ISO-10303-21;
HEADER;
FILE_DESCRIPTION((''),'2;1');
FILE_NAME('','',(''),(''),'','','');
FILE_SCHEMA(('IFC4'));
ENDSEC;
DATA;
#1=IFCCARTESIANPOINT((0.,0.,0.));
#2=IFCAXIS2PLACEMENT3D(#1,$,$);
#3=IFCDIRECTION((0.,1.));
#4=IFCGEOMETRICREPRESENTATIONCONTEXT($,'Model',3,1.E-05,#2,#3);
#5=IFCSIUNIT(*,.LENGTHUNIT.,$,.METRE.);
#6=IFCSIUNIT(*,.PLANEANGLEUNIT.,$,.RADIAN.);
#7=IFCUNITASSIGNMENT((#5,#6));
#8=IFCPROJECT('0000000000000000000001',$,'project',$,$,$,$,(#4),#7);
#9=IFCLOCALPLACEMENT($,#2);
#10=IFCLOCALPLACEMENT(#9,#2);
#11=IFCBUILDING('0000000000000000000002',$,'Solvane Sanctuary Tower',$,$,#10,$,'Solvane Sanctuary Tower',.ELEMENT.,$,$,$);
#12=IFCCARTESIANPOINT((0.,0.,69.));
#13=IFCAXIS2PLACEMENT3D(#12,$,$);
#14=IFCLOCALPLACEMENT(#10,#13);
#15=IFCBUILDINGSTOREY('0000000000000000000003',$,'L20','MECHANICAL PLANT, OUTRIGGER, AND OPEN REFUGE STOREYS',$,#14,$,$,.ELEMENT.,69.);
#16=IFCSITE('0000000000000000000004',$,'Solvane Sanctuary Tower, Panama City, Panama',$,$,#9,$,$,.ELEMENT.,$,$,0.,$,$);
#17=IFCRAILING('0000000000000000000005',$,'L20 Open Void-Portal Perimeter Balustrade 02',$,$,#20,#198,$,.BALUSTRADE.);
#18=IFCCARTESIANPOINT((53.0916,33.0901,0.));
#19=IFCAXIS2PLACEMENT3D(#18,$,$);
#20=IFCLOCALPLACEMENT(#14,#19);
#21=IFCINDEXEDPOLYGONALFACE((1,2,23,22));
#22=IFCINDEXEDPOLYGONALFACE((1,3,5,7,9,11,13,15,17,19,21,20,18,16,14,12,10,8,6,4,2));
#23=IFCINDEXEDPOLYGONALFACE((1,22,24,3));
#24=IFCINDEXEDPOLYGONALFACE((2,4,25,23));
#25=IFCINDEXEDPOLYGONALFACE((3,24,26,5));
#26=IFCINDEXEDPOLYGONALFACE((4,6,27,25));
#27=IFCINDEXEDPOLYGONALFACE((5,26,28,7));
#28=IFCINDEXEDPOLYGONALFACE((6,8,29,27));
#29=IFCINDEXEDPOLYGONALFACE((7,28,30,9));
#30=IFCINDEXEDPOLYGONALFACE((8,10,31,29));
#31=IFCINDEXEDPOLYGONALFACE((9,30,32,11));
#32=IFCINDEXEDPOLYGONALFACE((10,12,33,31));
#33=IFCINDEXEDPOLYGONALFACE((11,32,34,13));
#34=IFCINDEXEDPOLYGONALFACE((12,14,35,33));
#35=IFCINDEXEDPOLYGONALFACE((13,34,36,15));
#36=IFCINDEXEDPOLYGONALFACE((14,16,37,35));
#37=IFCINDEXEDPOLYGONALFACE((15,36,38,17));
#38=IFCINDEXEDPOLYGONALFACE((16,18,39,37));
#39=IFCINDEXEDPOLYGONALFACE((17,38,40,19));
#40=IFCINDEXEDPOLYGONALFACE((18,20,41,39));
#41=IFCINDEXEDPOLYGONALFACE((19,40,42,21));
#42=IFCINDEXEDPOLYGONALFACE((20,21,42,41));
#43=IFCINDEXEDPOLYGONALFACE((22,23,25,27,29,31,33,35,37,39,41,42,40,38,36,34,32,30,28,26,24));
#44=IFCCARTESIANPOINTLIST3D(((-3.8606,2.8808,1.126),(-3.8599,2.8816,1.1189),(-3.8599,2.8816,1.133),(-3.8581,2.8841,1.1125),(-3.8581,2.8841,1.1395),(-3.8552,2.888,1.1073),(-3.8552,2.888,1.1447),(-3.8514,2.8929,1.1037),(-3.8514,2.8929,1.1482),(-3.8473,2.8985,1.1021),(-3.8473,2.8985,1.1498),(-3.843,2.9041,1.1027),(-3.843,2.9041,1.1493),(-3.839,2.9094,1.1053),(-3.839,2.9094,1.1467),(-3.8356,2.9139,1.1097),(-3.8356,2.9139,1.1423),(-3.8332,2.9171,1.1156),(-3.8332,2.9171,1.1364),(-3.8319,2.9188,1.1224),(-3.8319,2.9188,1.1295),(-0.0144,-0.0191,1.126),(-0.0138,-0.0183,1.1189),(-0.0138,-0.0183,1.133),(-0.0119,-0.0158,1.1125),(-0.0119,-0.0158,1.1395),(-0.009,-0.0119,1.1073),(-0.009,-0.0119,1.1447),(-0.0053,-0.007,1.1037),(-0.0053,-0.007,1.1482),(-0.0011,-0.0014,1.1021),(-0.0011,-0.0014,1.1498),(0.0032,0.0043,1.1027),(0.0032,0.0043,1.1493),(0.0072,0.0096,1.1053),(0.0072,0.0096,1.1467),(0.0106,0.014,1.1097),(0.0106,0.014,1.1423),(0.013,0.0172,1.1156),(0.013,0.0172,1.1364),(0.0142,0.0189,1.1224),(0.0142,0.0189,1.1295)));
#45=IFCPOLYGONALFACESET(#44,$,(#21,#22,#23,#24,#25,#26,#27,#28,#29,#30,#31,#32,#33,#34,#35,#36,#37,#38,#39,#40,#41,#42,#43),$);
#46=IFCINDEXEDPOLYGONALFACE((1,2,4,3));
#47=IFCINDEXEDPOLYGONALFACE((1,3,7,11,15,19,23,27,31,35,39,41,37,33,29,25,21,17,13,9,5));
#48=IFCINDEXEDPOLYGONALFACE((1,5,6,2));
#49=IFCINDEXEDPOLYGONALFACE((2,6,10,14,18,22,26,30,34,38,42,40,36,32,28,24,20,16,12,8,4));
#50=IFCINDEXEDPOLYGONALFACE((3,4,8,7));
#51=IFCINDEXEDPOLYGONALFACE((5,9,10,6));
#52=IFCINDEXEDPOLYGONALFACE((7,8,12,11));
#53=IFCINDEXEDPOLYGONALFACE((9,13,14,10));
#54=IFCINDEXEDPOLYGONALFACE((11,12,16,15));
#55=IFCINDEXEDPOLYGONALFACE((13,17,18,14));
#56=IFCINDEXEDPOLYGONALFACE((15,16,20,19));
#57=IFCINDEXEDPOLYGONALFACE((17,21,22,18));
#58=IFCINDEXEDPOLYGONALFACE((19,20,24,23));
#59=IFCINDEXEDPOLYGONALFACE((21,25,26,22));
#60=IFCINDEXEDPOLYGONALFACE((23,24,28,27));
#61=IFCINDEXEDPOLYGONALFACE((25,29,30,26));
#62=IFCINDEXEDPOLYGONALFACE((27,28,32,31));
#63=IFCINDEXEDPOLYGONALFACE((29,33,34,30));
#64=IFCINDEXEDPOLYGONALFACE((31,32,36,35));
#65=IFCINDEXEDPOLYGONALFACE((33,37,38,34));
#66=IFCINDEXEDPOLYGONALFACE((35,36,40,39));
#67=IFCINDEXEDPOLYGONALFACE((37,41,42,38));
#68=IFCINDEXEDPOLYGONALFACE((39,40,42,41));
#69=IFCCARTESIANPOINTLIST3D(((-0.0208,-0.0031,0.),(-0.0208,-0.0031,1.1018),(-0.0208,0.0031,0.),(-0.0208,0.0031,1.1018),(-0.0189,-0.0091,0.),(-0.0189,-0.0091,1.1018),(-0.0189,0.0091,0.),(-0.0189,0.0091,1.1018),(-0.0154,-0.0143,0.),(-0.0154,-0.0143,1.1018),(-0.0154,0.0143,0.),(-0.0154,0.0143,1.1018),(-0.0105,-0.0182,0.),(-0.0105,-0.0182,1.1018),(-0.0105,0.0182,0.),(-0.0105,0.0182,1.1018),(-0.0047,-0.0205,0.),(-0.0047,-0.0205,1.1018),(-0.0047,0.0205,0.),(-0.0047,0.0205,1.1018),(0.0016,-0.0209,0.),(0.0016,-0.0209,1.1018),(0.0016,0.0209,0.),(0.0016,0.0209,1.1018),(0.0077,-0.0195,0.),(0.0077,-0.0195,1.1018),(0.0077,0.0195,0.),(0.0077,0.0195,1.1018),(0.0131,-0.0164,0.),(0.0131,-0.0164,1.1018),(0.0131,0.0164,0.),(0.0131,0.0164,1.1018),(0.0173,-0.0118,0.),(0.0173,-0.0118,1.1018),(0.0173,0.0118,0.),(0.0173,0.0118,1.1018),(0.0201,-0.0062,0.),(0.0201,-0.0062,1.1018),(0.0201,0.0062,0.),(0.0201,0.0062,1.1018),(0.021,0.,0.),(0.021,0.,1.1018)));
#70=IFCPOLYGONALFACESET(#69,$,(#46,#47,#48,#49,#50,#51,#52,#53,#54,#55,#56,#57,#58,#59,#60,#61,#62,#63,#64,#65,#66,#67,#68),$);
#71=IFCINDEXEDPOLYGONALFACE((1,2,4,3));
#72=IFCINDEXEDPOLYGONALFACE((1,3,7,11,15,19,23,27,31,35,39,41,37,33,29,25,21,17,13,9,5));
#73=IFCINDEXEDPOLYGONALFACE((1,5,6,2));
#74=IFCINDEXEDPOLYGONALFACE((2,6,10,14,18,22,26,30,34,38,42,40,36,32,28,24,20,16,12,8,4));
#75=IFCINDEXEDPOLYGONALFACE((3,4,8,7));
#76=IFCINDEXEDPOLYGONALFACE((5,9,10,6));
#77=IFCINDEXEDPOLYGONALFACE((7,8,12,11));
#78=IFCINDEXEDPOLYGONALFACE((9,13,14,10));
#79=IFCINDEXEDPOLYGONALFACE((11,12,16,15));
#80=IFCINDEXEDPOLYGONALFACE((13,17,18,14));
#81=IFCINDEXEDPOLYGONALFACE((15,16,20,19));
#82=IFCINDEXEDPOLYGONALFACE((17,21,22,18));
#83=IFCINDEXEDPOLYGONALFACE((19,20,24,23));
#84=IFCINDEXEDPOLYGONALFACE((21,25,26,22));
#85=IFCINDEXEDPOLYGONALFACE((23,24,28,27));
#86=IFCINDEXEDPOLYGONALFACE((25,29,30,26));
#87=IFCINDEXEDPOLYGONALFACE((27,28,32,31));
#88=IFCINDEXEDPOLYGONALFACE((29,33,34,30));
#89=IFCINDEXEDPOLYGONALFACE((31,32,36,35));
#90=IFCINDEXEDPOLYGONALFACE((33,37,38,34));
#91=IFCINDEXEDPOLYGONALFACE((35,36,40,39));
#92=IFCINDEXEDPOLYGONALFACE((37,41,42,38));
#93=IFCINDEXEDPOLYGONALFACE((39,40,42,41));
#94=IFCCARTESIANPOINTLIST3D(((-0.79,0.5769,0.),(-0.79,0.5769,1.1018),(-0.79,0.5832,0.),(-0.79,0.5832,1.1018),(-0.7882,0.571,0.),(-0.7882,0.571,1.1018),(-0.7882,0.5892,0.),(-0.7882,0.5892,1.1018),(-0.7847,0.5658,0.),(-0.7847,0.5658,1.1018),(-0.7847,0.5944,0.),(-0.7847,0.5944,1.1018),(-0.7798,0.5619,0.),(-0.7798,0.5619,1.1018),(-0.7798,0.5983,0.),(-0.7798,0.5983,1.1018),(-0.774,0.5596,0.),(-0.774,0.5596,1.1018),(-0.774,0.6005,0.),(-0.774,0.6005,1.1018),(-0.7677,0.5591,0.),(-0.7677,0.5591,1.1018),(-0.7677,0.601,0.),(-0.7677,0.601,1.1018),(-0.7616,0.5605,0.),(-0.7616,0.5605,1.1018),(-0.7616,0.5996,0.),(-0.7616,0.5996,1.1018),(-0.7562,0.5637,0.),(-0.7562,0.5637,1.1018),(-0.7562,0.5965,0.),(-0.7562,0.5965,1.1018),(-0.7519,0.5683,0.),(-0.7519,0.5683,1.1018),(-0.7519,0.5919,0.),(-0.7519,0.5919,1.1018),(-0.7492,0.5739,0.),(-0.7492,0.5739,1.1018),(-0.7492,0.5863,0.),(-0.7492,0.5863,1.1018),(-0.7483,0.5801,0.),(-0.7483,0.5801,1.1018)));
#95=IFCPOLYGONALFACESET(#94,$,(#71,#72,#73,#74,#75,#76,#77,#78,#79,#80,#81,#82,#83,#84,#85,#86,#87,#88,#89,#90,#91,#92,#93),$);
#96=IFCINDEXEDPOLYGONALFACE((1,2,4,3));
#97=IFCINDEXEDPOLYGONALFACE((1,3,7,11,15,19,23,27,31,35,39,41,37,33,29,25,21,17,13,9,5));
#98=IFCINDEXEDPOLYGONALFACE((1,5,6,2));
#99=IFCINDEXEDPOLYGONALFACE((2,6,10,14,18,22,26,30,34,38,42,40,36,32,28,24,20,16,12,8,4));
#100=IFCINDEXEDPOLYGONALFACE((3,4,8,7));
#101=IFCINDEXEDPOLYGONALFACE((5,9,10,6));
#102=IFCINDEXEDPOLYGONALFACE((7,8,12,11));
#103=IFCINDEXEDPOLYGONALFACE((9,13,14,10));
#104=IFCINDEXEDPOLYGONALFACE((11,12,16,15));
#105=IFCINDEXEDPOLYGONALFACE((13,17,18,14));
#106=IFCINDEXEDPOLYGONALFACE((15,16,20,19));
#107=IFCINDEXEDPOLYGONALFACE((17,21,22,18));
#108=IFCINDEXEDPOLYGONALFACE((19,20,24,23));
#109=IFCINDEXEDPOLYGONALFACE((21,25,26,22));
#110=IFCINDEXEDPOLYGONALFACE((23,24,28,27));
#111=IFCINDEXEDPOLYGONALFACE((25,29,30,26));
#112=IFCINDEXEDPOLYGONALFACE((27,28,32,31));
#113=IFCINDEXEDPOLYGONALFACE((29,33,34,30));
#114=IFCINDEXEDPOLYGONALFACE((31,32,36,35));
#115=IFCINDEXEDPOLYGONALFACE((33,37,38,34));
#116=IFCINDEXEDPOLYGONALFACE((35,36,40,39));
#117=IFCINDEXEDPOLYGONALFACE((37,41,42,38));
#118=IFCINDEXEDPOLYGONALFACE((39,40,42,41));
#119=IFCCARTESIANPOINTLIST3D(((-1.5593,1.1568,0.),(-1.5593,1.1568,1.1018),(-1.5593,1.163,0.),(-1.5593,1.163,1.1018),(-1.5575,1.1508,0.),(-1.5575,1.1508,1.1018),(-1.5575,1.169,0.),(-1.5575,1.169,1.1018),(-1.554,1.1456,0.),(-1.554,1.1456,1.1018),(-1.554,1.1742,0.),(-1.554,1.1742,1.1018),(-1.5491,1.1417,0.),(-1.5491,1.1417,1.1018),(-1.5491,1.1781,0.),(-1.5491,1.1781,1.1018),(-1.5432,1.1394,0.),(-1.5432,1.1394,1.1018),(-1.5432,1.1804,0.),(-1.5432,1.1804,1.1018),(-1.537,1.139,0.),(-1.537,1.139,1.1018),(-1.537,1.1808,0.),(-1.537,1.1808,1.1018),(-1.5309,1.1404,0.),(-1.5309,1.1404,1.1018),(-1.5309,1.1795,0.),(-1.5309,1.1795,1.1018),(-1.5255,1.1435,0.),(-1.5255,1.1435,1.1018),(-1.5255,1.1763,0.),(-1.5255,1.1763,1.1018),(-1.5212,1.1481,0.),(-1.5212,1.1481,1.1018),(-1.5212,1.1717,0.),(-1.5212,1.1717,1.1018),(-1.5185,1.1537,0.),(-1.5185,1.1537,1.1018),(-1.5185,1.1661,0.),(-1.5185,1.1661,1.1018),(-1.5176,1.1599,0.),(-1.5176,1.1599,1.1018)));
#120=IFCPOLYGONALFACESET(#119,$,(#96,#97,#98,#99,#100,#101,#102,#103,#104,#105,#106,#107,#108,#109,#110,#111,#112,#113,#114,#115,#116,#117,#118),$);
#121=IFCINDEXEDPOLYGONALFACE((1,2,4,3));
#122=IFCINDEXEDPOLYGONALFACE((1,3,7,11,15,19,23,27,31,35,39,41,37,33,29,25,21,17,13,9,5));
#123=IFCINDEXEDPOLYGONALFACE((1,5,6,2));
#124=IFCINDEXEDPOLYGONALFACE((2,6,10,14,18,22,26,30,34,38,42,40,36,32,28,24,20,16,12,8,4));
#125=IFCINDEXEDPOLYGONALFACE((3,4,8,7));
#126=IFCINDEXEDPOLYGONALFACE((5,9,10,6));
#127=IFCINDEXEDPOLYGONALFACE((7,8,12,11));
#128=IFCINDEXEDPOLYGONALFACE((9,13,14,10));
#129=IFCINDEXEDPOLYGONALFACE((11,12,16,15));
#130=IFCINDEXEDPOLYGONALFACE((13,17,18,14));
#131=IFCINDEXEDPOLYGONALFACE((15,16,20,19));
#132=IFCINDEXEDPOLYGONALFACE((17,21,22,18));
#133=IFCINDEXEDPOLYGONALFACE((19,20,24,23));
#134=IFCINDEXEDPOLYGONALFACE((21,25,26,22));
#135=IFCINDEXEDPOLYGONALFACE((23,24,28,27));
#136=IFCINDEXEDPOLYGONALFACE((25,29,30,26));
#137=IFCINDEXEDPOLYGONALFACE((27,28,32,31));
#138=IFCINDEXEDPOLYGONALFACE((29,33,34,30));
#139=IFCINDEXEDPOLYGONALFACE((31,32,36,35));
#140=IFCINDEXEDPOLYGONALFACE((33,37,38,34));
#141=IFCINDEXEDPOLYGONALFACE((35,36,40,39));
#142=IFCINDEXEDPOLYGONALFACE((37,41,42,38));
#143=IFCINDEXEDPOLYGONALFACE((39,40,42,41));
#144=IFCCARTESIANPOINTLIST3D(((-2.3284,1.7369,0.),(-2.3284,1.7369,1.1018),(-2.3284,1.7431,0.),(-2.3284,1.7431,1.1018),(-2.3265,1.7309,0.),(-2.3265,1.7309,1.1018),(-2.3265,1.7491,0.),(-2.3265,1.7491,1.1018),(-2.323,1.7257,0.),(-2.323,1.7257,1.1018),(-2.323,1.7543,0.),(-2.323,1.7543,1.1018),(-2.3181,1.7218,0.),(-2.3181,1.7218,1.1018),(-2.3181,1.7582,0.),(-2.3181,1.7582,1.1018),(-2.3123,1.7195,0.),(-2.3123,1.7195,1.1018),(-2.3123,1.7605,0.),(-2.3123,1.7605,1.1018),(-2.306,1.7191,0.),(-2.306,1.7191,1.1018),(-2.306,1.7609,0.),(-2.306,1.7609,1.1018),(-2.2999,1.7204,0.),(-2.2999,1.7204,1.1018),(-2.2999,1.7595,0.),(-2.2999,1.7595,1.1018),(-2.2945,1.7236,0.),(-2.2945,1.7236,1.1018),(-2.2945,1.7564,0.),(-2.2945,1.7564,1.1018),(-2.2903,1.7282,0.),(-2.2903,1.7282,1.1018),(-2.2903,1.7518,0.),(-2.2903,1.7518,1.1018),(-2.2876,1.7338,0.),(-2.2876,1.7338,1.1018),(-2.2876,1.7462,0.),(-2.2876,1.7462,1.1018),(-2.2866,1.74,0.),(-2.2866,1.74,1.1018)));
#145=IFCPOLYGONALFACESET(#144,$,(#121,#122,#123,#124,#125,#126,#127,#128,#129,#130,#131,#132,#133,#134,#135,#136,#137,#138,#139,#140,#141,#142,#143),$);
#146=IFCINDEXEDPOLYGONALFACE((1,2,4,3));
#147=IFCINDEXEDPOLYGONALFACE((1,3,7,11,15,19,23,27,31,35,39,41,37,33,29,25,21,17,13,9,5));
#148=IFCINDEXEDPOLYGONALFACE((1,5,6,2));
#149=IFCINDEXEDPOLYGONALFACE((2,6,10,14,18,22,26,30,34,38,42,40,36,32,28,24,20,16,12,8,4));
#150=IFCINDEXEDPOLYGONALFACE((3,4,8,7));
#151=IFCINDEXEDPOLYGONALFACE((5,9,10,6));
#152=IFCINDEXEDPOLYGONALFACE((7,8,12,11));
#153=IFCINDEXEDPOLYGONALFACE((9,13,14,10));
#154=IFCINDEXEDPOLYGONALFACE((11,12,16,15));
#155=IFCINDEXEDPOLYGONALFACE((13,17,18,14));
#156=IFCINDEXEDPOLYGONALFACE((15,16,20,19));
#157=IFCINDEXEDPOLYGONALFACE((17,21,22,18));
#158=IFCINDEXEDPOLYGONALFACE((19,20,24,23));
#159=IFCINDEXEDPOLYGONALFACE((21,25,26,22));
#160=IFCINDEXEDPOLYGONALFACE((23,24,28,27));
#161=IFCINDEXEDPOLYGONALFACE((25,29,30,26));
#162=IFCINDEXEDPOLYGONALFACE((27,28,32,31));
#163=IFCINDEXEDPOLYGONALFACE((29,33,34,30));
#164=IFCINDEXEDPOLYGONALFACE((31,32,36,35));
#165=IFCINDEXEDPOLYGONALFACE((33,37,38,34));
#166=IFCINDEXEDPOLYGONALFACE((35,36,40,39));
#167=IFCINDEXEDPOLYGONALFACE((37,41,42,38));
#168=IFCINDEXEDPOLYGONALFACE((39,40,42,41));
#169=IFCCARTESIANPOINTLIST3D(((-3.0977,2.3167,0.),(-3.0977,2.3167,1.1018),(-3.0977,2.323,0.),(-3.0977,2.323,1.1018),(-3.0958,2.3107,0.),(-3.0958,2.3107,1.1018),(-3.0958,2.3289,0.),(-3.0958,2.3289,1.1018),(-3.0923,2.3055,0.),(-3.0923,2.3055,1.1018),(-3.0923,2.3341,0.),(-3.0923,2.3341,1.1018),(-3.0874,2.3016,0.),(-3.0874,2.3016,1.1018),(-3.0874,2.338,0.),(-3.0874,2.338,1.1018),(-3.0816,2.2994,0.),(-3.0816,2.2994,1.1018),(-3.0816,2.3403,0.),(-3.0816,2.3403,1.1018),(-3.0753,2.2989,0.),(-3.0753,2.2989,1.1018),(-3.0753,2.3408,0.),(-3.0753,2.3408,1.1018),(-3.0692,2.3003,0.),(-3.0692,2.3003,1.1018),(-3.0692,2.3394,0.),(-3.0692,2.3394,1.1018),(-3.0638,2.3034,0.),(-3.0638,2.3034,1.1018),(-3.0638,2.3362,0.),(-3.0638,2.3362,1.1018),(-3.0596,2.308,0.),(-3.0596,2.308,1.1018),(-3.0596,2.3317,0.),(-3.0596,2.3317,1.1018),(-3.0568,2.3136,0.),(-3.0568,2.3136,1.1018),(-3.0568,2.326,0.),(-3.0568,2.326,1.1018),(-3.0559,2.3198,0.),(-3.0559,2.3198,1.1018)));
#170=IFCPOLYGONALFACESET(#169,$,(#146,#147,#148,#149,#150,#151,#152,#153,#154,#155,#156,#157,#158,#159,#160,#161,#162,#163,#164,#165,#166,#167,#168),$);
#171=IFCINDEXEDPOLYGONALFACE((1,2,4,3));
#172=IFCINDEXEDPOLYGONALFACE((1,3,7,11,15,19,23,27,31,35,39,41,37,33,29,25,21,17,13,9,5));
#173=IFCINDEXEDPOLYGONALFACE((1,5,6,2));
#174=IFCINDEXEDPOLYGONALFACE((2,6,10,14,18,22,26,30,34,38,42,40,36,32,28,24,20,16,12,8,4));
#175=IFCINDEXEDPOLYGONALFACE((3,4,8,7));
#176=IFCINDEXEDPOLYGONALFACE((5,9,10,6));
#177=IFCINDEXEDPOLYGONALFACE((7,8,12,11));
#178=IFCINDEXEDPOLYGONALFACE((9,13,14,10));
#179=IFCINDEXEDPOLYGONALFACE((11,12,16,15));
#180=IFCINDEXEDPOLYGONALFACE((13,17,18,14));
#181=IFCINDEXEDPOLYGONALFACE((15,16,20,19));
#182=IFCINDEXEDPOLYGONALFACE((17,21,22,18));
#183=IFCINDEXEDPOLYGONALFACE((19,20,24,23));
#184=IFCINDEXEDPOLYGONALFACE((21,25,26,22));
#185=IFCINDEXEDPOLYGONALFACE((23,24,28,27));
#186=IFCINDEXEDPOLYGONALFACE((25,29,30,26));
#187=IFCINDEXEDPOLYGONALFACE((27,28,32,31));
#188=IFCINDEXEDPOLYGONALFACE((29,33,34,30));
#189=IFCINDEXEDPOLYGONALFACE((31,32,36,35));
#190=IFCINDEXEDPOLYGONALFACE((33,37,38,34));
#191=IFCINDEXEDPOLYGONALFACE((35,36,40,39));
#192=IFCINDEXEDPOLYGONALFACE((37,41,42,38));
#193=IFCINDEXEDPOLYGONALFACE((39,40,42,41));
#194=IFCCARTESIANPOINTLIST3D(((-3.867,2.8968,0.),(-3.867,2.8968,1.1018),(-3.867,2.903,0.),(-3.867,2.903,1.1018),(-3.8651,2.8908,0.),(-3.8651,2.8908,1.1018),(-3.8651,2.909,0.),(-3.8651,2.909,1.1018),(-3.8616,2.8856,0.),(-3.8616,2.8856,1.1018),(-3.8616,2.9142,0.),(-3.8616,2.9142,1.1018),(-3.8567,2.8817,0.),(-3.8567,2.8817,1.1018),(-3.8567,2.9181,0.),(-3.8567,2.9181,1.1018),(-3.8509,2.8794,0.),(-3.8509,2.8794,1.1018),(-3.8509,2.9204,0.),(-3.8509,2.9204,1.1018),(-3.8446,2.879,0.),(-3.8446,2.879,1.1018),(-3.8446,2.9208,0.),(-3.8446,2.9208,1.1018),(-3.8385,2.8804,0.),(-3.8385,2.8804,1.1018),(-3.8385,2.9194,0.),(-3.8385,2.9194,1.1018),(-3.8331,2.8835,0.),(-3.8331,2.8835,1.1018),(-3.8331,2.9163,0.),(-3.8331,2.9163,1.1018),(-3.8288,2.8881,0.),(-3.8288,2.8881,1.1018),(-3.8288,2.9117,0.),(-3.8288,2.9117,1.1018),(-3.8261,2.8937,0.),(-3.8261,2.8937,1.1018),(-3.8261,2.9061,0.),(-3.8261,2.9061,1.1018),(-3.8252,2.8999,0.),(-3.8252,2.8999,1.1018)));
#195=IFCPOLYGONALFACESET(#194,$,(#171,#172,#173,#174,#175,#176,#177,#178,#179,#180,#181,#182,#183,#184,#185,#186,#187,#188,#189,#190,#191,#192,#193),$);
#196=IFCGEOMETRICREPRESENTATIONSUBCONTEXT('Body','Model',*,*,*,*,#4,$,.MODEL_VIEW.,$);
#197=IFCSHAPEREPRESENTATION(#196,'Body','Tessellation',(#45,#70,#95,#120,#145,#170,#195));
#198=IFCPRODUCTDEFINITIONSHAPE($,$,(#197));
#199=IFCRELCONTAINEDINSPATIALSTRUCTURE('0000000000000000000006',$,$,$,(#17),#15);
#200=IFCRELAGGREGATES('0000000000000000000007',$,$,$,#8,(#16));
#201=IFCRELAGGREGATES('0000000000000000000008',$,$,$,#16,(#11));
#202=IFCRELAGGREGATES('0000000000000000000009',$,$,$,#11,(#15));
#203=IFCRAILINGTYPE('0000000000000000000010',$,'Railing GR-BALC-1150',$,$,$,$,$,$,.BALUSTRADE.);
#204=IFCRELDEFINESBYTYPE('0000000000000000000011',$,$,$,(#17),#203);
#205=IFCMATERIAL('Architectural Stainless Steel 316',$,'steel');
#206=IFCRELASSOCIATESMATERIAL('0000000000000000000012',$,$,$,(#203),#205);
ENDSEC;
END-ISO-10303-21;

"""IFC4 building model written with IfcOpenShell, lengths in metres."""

from ifc_helpers import new_model, si_unit, direction, frame, origin, origin_2d, place, context, subcontext, project, spatial, circle, extrude, material, type_object, element, save


model = new_model("IFC4")

# Units and contexts
model_context = context("Model", 3, precision=1e-05, world=origin(), true_north=direction((0.0, 1.0)))
body_context = subcontext(model_context, "Body", "Model", "MODEL_VIEW")
ifc_project = project(units=[si_unit("LENGTHUNIT", "METRE"), si_unit("PLANEANGLEUNIT", "RADIAN")], contexts=[model_context])

# Site, building, storey
site_placement = place(None, origin())
site = spatial("IfcSite", under=ifc_project, at=site_placement, Name="Solvane Sanctuary Tower, Panama City, Panama", CompositionType="ELEMENT", RefElevation=0.0)
building_placement = place(site_placement, origin())
building = spatial("IfcBuilding", under=site, at=building_placement, Name="Solvane Sanctuary Tower", LongName="Solvane Sanctuary Tower", CompositionType="ELEMENT")
storey_placement = place(building_placement, frame((0.0, 0.0, 69.0)))
storey = spatial("IfcBuildingStorey", under=building, at=storey_placement, Name="L20", Description="MECHANICAL PLANT, OUTRIGGER, AND OPEN REFUGE STOREYS", CompositionType="ELEMENT", Elevation=69.0)

# Shared definitions
ifc_material_1 = material(Name="Architectural Stainless Steel 316", Category="steel")

# Railing
railing_type_1 = type_object("IfcRailingType", Name="Railing GR-BALC-1150", PredefinedType="BALUSTRADE", material=ifc_material_1)
railing_1_placement = place(storey_placement, frame((53.0916, 33.0901, 0.0)))
element("IfcRailing", 1, at=railing_1_placement, inside=storey, type_object=railing_type_1, Name="L20 Open Void-Portal Perimeter Balustrade 02", PredefinedType="BALUSTRADE", context=body_context, shape_type="SweptSolid", body=[
    extrude(circle(Radius=0.0239, at=origin_2d()), frame((0.0, 0.0, 1.126), z_axis=(-0.798477, 0.602025, 0.0), x_axis=(-0.602025, -0.798477, 0.0)), (0.0, 0.0, 1.0), 4.8169),
    extrude(circle(Radius=0.021, at=origin_2d()), origin(), (0.0, 0.0, 1.0), 1.1018),
    extrude(circle(Radius=0.021, at=origin_2d()), frame((-0.7693, 0.5801, 0.0)), (0.0, 0.0, 1.0), 1.1018),
    extrude(circle(Radius=0.021, at=origin_2d()), frame((-1.5386, 1.1599, 0.0)), (0.0, 0.0, 1.0), 1.1018),
    extrude(circle(Radius=0.021, at=origin_2d()), frame((-2.3076, 1.74, 0.0)), (0.0, 0.0, 1.0), 1.1018),
    extrude(circle(Radius=0.021, at=origin_2d()), frame((-3.0769, 2.3198, 0.0)), (0.0, 0.0, 1.0), 1.1018),
    extrude(circle(Radius=0.021, at=origin_2d()), frame((-3.8462, 2.8999, 0.0)), (0.0, 0.0, 1.0), 1.1018),
])

save(model, "model.ifc")
